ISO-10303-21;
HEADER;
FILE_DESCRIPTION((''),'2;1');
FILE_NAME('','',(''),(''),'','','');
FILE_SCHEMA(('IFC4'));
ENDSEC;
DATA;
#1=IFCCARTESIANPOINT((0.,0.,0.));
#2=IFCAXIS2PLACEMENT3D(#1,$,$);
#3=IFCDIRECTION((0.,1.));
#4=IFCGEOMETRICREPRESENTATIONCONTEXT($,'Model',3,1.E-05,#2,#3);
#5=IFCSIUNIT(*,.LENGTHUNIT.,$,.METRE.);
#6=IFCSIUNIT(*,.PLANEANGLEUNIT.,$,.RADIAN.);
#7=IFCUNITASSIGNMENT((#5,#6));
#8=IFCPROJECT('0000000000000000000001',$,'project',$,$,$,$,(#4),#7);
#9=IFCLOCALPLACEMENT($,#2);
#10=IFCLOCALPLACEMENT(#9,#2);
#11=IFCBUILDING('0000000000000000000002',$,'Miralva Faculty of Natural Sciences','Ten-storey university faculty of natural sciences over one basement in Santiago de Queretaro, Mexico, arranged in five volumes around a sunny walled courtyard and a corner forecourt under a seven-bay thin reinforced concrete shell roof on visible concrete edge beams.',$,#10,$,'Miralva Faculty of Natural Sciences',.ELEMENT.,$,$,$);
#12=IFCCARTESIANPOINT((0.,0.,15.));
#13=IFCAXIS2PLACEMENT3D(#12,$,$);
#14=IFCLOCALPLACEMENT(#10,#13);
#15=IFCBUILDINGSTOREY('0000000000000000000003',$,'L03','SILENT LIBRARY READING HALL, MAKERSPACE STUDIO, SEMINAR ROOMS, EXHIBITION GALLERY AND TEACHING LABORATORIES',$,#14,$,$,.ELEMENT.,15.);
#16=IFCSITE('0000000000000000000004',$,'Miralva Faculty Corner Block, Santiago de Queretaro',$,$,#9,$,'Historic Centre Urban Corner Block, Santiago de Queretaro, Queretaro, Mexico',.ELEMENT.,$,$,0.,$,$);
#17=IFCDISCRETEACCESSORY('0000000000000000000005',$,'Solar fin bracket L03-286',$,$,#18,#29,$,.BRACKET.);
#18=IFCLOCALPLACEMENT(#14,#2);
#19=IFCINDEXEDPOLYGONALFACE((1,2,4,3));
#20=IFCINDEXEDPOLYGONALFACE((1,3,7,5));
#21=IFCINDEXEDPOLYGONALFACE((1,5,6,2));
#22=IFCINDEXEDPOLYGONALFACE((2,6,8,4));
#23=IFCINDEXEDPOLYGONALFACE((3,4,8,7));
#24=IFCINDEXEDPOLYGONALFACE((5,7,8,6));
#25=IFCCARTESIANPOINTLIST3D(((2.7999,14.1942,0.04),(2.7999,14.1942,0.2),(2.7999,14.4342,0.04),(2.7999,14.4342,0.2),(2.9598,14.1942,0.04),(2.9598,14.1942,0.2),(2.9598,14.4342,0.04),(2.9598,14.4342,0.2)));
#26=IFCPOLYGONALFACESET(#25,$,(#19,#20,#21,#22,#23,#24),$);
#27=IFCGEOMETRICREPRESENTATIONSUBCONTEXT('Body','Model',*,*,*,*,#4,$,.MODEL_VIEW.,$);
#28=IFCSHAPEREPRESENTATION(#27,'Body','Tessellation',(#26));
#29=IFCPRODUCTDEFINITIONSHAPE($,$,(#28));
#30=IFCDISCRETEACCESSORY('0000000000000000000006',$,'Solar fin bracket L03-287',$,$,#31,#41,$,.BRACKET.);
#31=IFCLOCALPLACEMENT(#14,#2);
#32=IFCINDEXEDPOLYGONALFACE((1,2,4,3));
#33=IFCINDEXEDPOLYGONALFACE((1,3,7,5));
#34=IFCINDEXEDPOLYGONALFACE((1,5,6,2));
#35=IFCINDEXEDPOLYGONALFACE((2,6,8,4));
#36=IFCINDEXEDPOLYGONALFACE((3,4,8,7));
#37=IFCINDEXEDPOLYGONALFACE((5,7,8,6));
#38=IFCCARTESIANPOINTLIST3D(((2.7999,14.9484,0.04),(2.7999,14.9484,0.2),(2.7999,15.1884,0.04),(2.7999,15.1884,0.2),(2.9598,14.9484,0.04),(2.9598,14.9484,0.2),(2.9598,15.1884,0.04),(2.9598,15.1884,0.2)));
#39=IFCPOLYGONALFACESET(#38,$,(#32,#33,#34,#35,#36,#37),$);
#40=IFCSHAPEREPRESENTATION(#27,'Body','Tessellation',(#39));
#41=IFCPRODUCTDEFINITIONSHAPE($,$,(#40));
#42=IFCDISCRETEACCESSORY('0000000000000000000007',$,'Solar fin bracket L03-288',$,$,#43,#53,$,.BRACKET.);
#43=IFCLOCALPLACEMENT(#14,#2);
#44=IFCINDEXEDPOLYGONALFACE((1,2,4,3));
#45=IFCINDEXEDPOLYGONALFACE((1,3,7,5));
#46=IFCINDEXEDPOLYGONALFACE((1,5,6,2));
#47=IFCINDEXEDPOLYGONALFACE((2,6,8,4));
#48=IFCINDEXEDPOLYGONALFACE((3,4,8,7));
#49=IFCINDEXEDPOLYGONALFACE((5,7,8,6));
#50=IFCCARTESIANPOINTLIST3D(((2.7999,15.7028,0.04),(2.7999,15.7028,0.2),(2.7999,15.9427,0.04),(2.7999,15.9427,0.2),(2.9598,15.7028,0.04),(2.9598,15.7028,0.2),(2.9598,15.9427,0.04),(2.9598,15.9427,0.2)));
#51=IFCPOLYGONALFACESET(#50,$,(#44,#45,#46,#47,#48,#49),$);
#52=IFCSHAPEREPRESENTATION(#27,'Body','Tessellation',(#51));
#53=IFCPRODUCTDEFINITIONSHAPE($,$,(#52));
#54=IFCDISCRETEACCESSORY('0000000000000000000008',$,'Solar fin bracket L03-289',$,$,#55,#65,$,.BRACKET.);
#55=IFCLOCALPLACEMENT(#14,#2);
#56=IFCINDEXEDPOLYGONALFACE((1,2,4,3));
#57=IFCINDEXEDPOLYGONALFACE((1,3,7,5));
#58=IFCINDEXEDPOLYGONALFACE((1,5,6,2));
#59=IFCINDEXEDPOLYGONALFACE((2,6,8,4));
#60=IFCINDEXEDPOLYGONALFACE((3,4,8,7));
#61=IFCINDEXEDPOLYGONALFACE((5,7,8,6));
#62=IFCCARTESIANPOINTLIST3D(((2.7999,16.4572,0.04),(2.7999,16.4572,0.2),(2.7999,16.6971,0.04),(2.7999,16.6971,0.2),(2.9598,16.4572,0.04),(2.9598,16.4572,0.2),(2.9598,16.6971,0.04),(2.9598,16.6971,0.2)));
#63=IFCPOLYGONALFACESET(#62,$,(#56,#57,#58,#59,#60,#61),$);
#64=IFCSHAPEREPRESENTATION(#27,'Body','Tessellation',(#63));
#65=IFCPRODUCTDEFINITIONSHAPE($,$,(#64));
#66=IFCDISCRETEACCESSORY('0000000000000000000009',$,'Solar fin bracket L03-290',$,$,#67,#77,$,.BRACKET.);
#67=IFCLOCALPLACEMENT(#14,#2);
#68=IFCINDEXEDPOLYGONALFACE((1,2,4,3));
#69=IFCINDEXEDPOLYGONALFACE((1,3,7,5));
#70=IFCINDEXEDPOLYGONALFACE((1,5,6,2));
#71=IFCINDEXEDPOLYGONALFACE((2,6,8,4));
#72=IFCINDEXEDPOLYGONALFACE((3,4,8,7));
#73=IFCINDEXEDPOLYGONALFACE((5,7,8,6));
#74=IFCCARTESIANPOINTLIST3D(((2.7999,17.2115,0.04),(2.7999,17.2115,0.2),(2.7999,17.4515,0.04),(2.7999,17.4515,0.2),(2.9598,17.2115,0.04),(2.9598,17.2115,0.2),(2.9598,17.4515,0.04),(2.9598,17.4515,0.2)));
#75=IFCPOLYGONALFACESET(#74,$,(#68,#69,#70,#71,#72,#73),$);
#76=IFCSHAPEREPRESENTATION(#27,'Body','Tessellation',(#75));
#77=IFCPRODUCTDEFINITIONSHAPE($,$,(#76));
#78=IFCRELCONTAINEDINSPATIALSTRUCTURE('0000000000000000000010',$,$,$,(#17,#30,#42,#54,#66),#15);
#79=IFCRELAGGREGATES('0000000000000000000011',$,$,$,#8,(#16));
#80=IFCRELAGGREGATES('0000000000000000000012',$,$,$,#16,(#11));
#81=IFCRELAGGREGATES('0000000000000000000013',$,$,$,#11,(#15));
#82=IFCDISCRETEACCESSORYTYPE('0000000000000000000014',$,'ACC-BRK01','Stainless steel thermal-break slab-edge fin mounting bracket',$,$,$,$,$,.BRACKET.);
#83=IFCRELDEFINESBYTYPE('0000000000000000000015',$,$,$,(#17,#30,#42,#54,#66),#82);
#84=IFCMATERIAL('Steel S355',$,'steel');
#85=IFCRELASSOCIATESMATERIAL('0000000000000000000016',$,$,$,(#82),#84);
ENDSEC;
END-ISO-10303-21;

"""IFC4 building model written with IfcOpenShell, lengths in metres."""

from ifc_helpers import new_model, si_unit, direction, frame, origin, origin_2d, place, context, subcontext, project, spatial, rectangle, extrude, material, type_object, element, save


model = new_model("IFC4")

# Units and contexts
model_context = context("Model", 3, precision=1e-05, world=origin(), true_north=direction((0.0, 1.0)))
body_context = subcontext(model_context, "Body", "Model", "MODEL_VIEW")
ifc_project = project(units=[si_unit("LENGTHUNIT", "METRE"), si_unit("PLANEANGLEUNIT", "RADIAN")], contexts=[model_context])

# Site, building, storey
site_placement = place(None, origin())
site = spatial("IfcSite", under=ifc_project, at=site_placement, Name="Miralva Faculty Corner Block, Santiago de Queretaro", LongName="Historic Centre Urban Corner Block, Santiago de Queretaro, Queretaro, Mexico", CompositionType="ELEMENT", RefElevation=0.0)
building_placement = place(site_placement, origin())
building = spatial("IfcBuilding", under=site, at=building_placement, Name="Miralva Faculty of Natural Sciences", Description="Ten-storey university faculty of natural sciences over one basement in Santiago de Queretaro, Mexico, arranged in five volumes around a sunny walled courtyard and a corner forecourt under a seven-bay thin reinforced concrete shell roof on visible concrete edge beams.", LongName="Miralva Faculty of Natural Sciences", CompositionType="ELEMENT")
storey_placement = place(building_placement, frame((0.0, 0.0, 15.0)))
storey = spatial("IfcBuildingStorey", under=building, at=storey_placement, Name="L03", Description="SILENT LIBRARY READING HALL, MAKERSPACE STUDIO, SEMINAR ROOMS, EXHIBITION GALLERY AND TEACHING LABORATORIES", CompositionType="ELEMENT", Elevation=15.0)

# Discrete accessories
ifc_material_1 = material(Name="Steel S355", Category="steel")
discrete_accessory_type = type_object("IfcDiscreteAccessoryType", Name="ACC-BRK01", Description="Stainless steel thermal-break slab-edge fin mounting bracket", PredefinedType="BRACKET", material=ifc_material_1)
for number, where, z_axis, x_axis, name in (
    (1, (2.8799, 14.3142, 0.04), (0.0, 0.0, 1.0), (-1.0, 0.0, 0.0), "Solar fin bracket L03-286"),
    (2, (2.8799, 15.0684, 0.04), (0.0, 0.0, 1.0), (-1.0, 0.0, 0.0), "Solar fin bracket L03-287"),
    (3, (2.8799, 15.8228, 0.04), (0.0, 0.0, 1.0), (-1.0, 0.0, 0.0), "Solar fin bracket L03-288"),
    (4, (2.8799, 16.5771, 0.04), (0.0, 0.0, 1.0), (-1.0, 0.0, 0.0), "Solar fin bracket L03-289"),
    (5, (2.8799, 17.3315, 0.04), (0.0, 0.0, 1.0), (-1.0, 0.0, 0.0), "Solar fin bracket L03-290"),
):
    element("IfcDiscreteAccessory", number, at=place(storey_placement, frame(where, z_axis=z_axis, x_axis=x_axis)), inside=storey, type_object=discrete_accessory_type, Name=name, PredefinedType="BRACKET", context=body_context, shape_type="SweptSolid", body=[
        extrude(rectangle(XDim=0.1599, YDim=0.24, at=origin_2d()), origin(), (0.0, 0.0, 1.0), 0.1599),
    ])

save(model, "model.ifc")
